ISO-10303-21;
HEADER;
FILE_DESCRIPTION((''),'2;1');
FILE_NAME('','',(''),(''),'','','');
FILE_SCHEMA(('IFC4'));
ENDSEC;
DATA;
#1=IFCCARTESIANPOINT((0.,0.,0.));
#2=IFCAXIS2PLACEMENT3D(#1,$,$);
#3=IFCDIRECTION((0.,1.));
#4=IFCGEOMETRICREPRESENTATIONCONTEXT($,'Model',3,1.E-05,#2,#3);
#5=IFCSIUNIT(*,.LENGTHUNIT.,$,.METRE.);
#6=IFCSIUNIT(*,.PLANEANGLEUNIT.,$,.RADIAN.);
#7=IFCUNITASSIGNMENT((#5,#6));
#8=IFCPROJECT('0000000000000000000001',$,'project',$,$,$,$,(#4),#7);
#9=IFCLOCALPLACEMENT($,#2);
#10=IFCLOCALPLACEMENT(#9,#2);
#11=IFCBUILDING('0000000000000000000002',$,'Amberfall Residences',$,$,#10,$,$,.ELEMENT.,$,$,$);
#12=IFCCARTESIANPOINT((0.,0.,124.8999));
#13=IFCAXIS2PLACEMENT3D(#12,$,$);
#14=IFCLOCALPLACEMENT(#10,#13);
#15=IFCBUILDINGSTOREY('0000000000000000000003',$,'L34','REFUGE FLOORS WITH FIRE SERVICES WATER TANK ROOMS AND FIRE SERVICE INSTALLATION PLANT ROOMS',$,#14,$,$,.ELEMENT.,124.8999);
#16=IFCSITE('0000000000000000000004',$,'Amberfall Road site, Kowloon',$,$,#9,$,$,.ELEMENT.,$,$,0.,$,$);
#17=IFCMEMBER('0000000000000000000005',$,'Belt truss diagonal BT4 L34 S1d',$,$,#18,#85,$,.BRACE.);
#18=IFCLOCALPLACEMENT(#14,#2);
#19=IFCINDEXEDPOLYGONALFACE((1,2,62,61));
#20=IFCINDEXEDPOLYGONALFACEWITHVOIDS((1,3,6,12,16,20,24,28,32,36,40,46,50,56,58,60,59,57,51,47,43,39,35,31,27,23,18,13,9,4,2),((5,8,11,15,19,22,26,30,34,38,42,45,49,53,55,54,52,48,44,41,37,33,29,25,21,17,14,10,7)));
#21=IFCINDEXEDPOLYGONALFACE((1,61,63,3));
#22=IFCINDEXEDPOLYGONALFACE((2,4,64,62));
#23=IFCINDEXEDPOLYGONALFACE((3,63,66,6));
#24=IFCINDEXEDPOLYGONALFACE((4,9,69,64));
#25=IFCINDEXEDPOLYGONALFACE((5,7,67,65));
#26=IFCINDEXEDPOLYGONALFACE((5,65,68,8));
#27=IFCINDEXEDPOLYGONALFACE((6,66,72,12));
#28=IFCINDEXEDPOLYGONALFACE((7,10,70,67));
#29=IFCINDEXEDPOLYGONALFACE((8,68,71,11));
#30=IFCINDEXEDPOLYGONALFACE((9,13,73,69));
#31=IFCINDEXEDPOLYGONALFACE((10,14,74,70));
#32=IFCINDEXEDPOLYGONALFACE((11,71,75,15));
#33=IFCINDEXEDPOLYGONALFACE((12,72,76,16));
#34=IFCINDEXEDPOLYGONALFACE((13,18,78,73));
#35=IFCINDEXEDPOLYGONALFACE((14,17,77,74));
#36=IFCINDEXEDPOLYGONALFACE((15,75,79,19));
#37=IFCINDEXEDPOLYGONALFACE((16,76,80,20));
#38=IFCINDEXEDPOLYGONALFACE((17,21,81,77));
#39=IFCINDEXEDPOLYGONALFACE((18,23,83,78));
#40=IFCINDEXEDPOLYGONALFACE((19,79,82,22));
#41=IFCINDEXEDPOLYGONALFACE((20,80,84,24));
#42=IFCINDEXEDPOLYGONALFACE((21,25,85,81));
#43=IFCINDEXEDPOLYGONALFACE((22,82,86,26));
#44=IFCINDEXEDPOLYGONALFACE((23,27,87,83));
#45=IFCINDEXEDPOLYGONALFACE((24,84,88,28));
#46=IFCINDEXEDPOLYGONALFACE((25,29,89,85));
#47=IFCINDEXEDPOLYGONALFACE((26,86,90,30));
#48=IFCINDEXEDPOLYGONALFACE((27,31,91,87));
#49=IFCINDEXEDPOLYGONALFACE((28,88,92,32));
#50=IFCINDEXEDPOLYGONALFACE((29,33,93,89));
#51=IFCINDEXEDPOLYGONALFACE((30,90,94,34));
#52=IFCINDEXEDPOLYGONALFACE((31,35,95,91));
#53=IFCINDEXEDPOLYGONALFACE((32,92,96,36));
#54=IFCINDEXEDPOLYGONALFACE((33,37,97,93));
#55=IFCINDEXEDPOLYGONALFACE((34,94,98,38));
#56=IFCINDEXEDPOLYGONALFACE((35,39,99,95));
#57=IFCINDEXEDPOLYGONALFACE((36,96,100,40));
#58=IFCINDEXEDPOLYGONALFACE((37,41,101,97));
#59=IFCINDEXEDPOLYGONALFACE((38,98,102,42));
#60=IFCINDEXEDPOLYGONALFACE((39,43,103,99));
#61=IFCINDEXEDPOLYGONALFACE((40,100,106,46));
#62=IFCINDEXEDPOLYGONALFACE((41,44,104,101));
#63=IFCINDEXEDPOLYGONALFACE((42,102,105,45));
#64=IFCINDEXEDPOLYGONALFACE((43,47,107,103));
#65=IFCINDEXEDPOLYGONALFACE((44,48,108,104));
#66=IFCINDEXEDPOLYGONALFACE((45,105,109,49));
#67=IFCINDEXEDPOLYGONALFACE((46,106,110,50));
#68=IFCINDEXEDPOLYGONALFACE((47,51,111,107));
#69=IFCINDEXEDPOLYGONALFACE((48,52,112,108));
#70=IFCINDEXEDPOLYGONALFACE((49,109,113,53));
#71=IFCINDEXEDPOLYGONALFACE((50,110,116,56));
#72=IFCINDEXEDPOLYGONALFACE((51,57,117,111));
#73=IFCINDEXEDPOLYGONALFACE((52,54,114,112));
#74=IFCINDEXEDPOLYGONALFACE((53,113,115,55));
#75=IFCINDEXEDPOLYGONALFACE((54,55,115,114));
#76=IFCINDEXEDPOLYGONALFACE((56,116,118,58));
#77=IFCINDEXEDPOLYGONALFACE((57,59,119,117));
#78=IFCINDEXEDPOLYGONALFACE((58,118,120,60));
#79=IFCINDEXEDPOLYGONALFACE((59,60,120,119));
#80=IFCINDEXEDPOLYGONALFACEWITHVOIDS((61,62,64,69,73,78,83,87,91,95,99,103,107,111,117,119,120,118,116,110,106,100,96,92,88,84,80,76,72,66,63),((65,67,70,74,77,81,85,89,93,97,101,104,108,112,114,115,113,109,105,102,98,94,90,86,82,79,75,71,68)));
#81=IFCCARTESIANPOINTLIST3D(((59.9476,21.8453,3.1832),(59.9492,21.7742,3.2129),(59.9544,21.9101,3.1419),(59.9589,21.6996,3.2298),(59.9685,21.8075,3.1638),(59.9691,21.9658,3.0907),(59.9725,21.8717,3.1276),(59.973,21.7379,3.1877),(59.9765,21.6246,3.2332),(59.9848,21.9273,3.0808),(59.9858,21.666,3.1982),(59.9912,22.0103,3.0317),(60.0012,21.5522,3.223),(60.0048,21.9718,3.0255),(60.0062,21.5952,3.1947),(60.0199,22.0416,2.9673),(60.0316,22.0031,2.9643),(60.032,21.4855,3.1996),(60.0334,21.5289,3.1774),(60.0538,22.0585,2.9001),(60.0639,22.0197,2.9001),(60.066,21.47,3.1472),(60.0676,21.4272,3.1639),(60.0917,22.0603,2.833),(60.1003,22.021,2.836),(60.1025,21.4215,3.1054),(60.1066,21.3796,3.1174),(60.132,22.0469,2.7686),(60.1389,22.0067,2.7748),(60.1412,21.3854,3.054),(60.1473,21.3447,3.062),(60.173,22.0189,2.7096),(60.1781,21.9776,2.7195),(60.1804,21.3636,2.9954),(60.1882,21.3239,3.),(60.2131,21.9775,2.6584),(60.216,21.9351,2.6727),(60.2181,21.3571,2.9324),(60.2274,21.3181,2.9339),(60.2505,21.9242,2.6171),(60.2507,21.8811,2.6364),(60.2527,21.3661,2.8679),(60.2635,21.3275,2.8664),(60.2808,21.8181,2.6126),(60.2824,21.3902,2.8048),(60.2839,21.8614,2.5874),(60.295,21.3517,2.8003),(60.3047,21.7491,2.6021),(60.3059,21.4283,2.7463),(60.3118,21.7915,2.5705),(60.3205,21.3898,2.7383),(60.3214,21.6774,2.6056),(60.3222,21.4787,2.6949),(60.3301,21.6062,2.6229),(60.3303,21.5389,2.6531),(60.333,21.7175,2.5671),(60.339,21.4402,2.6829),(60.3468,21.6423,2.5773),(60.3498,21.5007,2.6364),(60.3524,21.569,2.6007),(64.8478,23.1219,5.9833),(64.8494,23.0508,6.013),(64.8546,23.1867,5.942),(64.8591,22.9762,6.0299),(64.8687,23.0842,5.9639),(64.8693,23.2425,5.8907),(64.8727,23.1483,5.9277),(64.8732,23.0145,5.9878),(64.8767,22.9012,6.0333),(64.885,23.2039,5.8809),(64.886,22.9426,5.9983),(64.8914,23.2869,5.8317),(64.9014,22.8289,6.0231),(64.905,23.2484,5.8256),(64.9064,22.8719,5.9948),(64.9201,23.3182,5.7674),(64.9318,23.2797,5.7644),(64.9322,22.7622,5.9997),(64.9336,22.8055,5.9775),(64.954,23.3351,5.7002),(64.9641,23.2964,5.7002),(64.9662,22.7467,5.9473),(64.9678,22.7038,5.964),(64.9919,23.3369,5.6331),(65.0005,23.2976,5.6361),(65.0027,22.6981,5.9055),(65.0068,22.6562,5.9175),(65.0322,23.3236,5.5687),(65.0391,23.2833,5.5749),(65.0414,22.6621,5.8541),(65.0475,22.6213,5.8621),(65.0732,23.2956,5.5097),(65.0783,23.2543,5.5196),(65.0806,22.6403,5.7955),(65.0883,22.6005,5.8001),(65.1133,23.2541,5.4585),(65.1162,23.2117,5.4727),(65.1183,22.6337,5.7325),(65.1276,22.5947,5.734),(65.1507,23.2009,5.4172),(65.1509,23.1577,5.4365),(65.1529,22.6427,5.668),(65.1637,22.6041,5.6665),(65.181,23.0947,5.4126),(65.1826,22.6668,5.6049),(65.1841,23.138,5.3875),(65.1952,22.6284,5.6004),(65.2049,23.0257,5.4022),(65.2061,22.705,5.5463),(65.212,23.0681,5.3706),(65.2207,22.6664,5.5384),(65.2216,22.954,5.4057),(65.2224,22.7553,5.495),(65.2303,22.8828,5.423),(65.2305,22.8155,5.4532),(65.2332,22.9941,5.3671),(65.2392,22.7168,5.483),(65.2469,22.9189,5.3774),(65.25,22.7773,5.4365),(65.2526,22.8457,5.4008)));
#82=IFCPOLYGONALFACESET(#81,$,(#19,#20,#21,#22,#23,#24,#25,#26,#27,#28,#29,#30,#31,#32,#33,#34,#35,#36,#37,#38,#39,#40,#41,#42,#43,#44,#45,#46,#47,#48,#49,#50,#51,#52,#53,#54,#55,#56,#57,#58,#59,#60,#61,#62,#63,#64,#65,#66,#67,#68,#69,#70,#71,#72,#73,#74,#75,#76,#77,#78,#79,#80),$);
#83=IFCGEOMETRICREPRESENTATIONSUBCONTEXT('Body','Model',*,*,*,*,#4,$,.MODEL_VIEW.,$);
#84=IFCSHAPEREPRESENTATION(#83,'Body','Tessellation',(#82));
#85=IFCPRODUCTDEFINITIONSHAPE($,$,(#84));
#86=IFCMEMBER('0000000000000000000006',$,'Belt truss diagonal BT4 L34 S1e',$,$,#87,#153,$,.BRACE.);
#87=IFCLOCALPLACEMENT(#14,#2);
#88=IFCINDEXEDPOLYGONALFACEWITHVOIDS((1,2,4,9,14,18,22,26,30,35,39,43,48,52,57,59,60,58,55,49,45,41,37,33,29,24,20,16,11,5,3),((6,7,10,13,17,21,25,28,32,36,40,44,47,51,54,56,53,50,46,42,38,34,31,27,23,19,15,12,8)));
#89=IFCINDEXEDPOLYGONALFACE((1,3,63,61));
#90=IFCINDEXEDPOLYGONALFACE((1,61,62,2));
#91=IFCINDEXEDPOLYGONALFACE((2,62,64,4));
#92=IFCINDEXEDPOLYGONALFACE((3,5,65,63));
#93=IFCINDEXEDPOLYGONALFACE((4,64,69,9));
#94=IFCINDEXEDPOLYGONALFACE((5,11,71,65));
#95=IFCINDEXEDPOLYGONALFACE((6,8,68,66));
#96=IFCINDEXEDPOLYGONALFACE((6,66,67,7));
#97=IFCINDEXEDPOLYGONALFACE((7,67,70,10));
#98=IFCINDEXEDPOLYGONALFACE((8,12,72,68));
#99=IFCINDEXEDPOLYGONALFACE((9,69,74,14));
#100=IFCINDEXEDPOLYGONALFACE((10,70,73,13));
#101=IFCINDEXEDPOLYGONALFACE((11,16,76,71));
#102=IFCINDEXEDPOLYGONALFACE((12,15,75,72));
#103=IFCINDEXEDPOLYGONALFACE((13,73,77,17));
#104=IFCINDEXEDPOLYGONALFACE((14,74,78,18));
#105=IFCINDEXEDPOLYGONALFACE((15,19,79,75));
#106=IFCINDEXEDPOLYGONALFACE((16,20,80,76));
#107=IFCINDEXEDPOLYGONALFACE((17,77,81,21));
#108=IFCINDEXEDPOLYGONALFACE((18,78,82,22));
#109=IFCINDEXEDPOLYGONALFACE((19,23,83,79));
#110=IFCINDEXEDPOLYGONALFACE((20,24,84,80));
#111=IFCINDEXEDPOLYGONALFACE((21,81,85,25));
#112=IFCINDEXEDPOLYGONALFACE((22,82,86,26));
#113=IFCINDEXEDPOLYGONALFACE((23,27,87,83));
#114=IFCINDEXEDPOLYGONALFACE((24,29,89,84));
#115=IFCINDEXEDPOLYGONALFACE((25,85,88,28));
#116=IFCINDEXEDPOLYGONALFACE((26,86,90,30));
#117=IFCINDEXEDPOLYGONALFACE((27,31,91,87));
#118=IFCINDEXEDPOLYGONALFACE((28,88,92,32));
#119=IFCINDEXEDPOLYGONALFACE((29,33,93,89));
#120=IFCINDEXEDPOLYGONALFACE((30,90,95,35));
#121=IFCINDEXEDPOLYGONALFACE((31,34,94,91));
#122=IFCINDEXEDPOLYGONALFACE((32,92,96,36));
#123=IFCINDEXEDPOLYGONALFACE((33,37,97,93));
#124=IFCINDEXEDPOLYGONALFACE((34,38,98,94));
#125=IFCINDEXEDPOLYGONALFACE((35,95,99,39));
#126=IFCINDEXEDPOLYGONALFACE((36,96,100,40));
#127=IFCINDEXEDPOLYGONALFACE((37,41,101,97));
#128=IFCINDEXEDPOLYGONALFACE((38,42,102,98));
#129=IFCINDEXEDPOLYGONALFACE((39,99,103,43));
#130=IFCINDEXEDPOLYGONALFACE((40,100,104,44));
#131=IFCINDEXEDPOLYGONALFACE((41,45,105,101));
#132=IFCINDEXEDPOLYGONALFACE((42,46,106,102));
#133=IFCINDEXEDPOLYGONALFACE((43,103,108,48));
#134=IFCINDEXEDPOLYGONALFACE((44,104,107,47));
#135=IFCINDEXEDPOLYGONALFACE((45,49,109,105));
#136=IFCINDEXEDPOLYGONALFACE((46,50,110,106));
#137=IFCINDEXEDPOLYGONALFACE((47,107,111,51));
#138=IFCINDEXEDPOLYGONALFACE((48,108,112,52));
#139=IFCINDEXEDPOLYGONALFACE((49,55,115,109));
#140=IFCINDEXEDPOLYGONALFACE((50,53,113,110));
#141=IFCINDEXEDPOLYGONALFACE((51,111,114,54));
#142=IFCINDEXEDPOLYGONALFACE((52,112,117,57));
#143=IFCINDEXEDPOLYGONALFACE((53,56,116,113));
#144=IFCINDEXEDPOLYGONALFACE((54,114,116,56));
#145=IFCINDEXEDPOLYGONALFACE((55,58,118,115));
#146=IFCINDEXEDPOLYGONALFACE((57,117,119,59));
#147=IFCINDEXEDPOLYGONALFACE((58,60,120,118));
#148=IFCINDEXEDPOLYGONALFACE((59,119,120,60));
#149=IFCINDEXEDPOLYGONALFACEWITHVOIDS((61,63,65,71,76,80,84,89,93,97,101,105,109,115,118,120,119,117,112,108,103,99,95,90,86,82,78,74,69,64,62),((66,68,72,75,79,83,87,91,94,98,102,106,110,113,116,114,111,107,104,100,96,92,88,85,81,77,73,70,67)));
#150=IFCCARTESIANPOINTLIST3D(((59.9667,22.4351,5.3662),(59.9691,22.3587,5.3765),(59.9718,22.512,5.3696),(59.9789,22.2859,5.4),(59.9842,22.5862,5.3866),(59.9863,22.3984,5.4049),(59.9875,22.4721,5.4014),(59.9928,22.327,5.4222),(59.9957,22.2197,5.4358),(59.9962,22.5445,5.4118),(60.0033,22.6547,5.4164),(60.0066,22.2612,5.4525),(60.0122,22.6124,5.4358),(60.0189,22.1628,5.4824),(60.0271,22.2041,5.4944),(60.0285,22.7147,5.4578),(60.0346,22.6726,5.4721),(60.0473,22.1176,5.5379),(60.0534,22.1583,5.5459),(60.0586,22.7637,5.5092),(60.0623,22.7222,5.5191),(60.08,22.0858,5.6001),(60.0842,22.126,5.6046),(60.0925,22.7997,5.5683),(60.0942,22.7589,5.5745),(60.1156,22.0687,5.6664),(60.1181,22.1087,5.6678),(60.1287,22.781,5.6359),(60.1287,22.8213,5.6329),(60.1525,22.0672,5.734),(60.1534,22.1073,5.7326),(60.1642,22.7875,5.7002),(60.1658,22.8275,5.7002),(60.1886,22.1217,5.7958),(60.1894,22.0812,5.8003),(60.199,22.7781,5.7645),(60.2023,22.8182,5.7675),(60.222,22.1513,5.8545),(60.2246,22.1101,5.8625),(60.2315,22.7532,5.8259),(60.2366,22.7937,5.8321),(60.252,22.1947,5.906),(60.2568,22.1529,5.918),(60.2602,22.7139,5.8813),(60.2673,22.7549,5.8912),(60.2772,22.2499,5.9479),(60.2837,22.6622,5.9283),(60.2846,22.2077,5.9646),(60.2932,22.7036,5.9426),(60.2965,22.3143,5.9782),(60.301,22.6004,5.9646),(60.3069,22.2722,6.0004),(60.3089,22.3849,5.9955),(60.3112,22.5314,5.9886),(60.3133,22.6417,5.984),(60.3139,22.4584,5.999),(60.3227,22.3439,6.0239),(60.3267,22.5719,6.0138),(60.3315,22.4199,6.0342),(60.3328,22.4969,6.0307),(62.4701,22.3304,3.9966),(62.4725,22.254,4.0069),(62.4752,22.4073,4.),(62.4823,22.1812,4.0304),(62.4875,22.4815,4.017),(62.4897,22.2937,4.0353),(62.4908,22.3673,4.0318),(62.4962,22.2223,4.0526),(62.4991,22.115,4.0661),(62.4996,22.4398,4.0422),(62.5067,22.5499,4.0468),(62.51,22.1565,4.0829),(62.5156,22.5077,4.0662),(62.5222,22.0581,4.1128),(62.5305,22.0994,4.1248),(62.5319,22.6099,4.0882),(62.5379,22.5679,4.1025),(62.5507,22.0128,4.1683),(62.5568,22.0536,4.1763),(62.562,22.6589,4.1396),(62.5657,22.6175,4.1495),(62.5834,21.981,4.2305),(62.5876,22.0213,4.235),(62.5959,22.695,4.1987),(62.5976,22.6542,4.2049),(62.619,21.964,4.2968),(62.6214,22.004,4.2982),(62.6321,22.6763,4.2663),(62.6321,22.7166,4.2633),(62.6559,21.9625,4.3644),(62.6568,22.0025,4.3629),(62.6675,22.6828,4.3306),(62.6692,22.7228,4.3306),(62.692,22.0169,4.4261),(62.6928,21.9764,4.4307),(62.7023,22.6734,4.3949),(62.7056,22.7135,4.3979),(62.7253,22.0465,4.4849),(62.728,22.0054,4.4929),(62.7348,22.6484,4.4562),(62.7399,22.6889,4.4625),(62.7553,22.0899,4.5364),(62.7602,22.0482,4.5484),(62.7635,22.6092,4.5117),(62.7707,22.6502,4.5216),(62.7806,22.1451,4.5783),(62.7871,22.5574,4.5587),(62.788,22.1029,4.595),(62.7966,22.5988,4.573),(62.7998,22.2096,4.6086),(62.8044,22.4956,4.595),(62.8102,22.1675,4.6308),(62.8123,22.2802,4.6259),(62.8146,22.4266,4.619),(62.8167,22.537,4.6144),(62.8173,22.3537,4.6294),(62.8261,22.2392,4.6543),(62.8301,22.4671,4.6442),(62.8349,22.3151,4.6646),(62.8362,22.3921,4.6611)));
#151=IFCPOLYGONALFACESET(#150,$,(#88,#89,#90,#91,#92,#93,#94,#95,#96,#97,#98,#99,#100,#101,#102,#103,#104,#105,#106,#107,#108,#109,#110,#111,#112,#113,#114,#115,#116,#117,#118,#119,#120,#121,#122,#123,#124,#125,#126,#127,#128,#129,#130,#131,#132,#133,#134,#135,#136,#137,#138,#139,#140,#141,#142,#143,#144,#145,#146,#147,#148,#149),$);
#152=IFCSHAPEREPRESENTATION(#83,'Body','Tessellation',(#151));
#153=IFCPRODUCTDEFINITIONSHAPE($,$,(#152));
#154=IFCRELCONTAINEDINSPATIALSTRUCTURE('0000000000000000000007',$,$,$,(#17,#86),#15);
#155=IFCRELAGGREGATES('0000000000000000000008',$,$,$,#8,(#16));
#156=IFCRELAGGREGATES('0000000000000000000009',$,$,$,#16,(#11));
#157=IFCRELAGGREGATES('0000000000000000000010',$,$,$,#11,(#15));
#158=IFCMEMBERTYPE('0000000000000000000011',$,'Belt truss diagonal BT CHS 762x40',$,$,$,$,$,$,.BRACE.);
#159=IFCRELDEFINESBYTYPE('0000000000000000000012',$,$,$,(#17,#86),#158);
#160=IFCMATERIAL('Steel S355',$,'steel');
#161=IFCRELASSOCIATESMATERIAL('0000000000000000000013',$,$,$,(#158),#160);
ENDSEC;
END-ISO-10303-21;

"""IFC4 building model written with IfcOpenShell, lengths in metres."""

from ifc_helpers import new_model, si_unit, direction, frame, origin, origin_2d, place, context, subcontext, project, spatial, hollow_circle, extrude, material, material_profile, profile_set, type_object, element, save


model = new_model("IFC4")

# Units and contexts
model_context = context("Model", 3, precision=1e-05, world=origin(), true_north=direction((0.0, 1.0)))
body_context = subcontext(model_context, "Body", "Model", "MODEL_VIEW")
ifc_project = project(units=[si_unit("LENGTHUNIT", "METRE"), si_unit("PLANEANGLEUNIT", "RADIAN")], contexts=[model_context])

# Site, building, storey
site_placement = place(None, origin())
site = spatial("IfcSite", under=ifc_project, at=site_placement, Name="Amberfall Road site, Kowloon", CompositionType="ELEMENT", RefElevation=0.0)
building_placement = place(site_placement, origin())
building = spatial("IfcBuilding", under=site, at=building_placement, Name="Amberfall Residences", CompositionType="ELEMENT")
storey_placement = place(building_placement, frame((0.0, 0.0, 124.8999)))
storey = spatial("IfcBuildingStorey", under=building, at=storey_placement, Name="L34", Description="REFUGE FLOORS WITH FIRE SERVICES WATER TANK ROOMS AND FIRE SERVICE INSTALLATION PLANT ROOMS", CompositionType="ELEMENT", Elevation=124.8999)

# Shared definitions
ifc_material_1 = material(Name="Steel S355", Category="steel")

# Members
ifc_material_profile_1 = material_profile(ifc_material_1, hollow_circle(Radius=0.3811, WallThickness=0.04, at=origin_2d()), Name="CHS 762x40")
ifc_profile_set_1 = profile_set([ifc_material_profile_1], Name="Steel S355")
member_type_1 = type_object("IfcMemberType", Name="Belt truss diagonal BT CHS 762x40", PredefinedType="BRACE", material=ifc_profile_set_1)
member_1_placement = place(storey_placement, frame((60.1499, 21.6897, 2.9001), z_axis=(0.846851, 0.220626, 0.483909), x_axis=(-0.25211, 0.967699, 0.0)))
element("IfcMember", 1, at=member_1_placement, inside=storey, type_object=member_type_1, Name="Belt truss diagonal BT4 L34 S1d", PredefinedType="BRACE", context=body_context, shape_type="SweptSolid", body=[
    extrude(hollow_circle(Radius=0.3811, WallThickness=0.04, at=origin_2d()), origin(), (0.0, 0.0, 1.0), 5.7864),
])
member_2_placement = place(storey_placement, frame((60.1499, 22.4468, 5.7002), z_axis=(0.876696, -0.036679, -0.479644), x_axis=(0.041801, 0.999126, 0.0)))
element("IfcMember", 2, at=member_2_placement, inside=storey, type_object=member_type_1, Name="Belt truss diagonal BT4 L34 S1e", PredefinedType="BRACE", context=body_context, shape_type="SweptSolid", body=[
    extrude(hollow_circle(Radius=0.3811, WallThickness=0.04, at=origin_2d()), origin(), (0.0, 0.0, 1.0), 2.8555),
])

save(model, "model.ifc")
